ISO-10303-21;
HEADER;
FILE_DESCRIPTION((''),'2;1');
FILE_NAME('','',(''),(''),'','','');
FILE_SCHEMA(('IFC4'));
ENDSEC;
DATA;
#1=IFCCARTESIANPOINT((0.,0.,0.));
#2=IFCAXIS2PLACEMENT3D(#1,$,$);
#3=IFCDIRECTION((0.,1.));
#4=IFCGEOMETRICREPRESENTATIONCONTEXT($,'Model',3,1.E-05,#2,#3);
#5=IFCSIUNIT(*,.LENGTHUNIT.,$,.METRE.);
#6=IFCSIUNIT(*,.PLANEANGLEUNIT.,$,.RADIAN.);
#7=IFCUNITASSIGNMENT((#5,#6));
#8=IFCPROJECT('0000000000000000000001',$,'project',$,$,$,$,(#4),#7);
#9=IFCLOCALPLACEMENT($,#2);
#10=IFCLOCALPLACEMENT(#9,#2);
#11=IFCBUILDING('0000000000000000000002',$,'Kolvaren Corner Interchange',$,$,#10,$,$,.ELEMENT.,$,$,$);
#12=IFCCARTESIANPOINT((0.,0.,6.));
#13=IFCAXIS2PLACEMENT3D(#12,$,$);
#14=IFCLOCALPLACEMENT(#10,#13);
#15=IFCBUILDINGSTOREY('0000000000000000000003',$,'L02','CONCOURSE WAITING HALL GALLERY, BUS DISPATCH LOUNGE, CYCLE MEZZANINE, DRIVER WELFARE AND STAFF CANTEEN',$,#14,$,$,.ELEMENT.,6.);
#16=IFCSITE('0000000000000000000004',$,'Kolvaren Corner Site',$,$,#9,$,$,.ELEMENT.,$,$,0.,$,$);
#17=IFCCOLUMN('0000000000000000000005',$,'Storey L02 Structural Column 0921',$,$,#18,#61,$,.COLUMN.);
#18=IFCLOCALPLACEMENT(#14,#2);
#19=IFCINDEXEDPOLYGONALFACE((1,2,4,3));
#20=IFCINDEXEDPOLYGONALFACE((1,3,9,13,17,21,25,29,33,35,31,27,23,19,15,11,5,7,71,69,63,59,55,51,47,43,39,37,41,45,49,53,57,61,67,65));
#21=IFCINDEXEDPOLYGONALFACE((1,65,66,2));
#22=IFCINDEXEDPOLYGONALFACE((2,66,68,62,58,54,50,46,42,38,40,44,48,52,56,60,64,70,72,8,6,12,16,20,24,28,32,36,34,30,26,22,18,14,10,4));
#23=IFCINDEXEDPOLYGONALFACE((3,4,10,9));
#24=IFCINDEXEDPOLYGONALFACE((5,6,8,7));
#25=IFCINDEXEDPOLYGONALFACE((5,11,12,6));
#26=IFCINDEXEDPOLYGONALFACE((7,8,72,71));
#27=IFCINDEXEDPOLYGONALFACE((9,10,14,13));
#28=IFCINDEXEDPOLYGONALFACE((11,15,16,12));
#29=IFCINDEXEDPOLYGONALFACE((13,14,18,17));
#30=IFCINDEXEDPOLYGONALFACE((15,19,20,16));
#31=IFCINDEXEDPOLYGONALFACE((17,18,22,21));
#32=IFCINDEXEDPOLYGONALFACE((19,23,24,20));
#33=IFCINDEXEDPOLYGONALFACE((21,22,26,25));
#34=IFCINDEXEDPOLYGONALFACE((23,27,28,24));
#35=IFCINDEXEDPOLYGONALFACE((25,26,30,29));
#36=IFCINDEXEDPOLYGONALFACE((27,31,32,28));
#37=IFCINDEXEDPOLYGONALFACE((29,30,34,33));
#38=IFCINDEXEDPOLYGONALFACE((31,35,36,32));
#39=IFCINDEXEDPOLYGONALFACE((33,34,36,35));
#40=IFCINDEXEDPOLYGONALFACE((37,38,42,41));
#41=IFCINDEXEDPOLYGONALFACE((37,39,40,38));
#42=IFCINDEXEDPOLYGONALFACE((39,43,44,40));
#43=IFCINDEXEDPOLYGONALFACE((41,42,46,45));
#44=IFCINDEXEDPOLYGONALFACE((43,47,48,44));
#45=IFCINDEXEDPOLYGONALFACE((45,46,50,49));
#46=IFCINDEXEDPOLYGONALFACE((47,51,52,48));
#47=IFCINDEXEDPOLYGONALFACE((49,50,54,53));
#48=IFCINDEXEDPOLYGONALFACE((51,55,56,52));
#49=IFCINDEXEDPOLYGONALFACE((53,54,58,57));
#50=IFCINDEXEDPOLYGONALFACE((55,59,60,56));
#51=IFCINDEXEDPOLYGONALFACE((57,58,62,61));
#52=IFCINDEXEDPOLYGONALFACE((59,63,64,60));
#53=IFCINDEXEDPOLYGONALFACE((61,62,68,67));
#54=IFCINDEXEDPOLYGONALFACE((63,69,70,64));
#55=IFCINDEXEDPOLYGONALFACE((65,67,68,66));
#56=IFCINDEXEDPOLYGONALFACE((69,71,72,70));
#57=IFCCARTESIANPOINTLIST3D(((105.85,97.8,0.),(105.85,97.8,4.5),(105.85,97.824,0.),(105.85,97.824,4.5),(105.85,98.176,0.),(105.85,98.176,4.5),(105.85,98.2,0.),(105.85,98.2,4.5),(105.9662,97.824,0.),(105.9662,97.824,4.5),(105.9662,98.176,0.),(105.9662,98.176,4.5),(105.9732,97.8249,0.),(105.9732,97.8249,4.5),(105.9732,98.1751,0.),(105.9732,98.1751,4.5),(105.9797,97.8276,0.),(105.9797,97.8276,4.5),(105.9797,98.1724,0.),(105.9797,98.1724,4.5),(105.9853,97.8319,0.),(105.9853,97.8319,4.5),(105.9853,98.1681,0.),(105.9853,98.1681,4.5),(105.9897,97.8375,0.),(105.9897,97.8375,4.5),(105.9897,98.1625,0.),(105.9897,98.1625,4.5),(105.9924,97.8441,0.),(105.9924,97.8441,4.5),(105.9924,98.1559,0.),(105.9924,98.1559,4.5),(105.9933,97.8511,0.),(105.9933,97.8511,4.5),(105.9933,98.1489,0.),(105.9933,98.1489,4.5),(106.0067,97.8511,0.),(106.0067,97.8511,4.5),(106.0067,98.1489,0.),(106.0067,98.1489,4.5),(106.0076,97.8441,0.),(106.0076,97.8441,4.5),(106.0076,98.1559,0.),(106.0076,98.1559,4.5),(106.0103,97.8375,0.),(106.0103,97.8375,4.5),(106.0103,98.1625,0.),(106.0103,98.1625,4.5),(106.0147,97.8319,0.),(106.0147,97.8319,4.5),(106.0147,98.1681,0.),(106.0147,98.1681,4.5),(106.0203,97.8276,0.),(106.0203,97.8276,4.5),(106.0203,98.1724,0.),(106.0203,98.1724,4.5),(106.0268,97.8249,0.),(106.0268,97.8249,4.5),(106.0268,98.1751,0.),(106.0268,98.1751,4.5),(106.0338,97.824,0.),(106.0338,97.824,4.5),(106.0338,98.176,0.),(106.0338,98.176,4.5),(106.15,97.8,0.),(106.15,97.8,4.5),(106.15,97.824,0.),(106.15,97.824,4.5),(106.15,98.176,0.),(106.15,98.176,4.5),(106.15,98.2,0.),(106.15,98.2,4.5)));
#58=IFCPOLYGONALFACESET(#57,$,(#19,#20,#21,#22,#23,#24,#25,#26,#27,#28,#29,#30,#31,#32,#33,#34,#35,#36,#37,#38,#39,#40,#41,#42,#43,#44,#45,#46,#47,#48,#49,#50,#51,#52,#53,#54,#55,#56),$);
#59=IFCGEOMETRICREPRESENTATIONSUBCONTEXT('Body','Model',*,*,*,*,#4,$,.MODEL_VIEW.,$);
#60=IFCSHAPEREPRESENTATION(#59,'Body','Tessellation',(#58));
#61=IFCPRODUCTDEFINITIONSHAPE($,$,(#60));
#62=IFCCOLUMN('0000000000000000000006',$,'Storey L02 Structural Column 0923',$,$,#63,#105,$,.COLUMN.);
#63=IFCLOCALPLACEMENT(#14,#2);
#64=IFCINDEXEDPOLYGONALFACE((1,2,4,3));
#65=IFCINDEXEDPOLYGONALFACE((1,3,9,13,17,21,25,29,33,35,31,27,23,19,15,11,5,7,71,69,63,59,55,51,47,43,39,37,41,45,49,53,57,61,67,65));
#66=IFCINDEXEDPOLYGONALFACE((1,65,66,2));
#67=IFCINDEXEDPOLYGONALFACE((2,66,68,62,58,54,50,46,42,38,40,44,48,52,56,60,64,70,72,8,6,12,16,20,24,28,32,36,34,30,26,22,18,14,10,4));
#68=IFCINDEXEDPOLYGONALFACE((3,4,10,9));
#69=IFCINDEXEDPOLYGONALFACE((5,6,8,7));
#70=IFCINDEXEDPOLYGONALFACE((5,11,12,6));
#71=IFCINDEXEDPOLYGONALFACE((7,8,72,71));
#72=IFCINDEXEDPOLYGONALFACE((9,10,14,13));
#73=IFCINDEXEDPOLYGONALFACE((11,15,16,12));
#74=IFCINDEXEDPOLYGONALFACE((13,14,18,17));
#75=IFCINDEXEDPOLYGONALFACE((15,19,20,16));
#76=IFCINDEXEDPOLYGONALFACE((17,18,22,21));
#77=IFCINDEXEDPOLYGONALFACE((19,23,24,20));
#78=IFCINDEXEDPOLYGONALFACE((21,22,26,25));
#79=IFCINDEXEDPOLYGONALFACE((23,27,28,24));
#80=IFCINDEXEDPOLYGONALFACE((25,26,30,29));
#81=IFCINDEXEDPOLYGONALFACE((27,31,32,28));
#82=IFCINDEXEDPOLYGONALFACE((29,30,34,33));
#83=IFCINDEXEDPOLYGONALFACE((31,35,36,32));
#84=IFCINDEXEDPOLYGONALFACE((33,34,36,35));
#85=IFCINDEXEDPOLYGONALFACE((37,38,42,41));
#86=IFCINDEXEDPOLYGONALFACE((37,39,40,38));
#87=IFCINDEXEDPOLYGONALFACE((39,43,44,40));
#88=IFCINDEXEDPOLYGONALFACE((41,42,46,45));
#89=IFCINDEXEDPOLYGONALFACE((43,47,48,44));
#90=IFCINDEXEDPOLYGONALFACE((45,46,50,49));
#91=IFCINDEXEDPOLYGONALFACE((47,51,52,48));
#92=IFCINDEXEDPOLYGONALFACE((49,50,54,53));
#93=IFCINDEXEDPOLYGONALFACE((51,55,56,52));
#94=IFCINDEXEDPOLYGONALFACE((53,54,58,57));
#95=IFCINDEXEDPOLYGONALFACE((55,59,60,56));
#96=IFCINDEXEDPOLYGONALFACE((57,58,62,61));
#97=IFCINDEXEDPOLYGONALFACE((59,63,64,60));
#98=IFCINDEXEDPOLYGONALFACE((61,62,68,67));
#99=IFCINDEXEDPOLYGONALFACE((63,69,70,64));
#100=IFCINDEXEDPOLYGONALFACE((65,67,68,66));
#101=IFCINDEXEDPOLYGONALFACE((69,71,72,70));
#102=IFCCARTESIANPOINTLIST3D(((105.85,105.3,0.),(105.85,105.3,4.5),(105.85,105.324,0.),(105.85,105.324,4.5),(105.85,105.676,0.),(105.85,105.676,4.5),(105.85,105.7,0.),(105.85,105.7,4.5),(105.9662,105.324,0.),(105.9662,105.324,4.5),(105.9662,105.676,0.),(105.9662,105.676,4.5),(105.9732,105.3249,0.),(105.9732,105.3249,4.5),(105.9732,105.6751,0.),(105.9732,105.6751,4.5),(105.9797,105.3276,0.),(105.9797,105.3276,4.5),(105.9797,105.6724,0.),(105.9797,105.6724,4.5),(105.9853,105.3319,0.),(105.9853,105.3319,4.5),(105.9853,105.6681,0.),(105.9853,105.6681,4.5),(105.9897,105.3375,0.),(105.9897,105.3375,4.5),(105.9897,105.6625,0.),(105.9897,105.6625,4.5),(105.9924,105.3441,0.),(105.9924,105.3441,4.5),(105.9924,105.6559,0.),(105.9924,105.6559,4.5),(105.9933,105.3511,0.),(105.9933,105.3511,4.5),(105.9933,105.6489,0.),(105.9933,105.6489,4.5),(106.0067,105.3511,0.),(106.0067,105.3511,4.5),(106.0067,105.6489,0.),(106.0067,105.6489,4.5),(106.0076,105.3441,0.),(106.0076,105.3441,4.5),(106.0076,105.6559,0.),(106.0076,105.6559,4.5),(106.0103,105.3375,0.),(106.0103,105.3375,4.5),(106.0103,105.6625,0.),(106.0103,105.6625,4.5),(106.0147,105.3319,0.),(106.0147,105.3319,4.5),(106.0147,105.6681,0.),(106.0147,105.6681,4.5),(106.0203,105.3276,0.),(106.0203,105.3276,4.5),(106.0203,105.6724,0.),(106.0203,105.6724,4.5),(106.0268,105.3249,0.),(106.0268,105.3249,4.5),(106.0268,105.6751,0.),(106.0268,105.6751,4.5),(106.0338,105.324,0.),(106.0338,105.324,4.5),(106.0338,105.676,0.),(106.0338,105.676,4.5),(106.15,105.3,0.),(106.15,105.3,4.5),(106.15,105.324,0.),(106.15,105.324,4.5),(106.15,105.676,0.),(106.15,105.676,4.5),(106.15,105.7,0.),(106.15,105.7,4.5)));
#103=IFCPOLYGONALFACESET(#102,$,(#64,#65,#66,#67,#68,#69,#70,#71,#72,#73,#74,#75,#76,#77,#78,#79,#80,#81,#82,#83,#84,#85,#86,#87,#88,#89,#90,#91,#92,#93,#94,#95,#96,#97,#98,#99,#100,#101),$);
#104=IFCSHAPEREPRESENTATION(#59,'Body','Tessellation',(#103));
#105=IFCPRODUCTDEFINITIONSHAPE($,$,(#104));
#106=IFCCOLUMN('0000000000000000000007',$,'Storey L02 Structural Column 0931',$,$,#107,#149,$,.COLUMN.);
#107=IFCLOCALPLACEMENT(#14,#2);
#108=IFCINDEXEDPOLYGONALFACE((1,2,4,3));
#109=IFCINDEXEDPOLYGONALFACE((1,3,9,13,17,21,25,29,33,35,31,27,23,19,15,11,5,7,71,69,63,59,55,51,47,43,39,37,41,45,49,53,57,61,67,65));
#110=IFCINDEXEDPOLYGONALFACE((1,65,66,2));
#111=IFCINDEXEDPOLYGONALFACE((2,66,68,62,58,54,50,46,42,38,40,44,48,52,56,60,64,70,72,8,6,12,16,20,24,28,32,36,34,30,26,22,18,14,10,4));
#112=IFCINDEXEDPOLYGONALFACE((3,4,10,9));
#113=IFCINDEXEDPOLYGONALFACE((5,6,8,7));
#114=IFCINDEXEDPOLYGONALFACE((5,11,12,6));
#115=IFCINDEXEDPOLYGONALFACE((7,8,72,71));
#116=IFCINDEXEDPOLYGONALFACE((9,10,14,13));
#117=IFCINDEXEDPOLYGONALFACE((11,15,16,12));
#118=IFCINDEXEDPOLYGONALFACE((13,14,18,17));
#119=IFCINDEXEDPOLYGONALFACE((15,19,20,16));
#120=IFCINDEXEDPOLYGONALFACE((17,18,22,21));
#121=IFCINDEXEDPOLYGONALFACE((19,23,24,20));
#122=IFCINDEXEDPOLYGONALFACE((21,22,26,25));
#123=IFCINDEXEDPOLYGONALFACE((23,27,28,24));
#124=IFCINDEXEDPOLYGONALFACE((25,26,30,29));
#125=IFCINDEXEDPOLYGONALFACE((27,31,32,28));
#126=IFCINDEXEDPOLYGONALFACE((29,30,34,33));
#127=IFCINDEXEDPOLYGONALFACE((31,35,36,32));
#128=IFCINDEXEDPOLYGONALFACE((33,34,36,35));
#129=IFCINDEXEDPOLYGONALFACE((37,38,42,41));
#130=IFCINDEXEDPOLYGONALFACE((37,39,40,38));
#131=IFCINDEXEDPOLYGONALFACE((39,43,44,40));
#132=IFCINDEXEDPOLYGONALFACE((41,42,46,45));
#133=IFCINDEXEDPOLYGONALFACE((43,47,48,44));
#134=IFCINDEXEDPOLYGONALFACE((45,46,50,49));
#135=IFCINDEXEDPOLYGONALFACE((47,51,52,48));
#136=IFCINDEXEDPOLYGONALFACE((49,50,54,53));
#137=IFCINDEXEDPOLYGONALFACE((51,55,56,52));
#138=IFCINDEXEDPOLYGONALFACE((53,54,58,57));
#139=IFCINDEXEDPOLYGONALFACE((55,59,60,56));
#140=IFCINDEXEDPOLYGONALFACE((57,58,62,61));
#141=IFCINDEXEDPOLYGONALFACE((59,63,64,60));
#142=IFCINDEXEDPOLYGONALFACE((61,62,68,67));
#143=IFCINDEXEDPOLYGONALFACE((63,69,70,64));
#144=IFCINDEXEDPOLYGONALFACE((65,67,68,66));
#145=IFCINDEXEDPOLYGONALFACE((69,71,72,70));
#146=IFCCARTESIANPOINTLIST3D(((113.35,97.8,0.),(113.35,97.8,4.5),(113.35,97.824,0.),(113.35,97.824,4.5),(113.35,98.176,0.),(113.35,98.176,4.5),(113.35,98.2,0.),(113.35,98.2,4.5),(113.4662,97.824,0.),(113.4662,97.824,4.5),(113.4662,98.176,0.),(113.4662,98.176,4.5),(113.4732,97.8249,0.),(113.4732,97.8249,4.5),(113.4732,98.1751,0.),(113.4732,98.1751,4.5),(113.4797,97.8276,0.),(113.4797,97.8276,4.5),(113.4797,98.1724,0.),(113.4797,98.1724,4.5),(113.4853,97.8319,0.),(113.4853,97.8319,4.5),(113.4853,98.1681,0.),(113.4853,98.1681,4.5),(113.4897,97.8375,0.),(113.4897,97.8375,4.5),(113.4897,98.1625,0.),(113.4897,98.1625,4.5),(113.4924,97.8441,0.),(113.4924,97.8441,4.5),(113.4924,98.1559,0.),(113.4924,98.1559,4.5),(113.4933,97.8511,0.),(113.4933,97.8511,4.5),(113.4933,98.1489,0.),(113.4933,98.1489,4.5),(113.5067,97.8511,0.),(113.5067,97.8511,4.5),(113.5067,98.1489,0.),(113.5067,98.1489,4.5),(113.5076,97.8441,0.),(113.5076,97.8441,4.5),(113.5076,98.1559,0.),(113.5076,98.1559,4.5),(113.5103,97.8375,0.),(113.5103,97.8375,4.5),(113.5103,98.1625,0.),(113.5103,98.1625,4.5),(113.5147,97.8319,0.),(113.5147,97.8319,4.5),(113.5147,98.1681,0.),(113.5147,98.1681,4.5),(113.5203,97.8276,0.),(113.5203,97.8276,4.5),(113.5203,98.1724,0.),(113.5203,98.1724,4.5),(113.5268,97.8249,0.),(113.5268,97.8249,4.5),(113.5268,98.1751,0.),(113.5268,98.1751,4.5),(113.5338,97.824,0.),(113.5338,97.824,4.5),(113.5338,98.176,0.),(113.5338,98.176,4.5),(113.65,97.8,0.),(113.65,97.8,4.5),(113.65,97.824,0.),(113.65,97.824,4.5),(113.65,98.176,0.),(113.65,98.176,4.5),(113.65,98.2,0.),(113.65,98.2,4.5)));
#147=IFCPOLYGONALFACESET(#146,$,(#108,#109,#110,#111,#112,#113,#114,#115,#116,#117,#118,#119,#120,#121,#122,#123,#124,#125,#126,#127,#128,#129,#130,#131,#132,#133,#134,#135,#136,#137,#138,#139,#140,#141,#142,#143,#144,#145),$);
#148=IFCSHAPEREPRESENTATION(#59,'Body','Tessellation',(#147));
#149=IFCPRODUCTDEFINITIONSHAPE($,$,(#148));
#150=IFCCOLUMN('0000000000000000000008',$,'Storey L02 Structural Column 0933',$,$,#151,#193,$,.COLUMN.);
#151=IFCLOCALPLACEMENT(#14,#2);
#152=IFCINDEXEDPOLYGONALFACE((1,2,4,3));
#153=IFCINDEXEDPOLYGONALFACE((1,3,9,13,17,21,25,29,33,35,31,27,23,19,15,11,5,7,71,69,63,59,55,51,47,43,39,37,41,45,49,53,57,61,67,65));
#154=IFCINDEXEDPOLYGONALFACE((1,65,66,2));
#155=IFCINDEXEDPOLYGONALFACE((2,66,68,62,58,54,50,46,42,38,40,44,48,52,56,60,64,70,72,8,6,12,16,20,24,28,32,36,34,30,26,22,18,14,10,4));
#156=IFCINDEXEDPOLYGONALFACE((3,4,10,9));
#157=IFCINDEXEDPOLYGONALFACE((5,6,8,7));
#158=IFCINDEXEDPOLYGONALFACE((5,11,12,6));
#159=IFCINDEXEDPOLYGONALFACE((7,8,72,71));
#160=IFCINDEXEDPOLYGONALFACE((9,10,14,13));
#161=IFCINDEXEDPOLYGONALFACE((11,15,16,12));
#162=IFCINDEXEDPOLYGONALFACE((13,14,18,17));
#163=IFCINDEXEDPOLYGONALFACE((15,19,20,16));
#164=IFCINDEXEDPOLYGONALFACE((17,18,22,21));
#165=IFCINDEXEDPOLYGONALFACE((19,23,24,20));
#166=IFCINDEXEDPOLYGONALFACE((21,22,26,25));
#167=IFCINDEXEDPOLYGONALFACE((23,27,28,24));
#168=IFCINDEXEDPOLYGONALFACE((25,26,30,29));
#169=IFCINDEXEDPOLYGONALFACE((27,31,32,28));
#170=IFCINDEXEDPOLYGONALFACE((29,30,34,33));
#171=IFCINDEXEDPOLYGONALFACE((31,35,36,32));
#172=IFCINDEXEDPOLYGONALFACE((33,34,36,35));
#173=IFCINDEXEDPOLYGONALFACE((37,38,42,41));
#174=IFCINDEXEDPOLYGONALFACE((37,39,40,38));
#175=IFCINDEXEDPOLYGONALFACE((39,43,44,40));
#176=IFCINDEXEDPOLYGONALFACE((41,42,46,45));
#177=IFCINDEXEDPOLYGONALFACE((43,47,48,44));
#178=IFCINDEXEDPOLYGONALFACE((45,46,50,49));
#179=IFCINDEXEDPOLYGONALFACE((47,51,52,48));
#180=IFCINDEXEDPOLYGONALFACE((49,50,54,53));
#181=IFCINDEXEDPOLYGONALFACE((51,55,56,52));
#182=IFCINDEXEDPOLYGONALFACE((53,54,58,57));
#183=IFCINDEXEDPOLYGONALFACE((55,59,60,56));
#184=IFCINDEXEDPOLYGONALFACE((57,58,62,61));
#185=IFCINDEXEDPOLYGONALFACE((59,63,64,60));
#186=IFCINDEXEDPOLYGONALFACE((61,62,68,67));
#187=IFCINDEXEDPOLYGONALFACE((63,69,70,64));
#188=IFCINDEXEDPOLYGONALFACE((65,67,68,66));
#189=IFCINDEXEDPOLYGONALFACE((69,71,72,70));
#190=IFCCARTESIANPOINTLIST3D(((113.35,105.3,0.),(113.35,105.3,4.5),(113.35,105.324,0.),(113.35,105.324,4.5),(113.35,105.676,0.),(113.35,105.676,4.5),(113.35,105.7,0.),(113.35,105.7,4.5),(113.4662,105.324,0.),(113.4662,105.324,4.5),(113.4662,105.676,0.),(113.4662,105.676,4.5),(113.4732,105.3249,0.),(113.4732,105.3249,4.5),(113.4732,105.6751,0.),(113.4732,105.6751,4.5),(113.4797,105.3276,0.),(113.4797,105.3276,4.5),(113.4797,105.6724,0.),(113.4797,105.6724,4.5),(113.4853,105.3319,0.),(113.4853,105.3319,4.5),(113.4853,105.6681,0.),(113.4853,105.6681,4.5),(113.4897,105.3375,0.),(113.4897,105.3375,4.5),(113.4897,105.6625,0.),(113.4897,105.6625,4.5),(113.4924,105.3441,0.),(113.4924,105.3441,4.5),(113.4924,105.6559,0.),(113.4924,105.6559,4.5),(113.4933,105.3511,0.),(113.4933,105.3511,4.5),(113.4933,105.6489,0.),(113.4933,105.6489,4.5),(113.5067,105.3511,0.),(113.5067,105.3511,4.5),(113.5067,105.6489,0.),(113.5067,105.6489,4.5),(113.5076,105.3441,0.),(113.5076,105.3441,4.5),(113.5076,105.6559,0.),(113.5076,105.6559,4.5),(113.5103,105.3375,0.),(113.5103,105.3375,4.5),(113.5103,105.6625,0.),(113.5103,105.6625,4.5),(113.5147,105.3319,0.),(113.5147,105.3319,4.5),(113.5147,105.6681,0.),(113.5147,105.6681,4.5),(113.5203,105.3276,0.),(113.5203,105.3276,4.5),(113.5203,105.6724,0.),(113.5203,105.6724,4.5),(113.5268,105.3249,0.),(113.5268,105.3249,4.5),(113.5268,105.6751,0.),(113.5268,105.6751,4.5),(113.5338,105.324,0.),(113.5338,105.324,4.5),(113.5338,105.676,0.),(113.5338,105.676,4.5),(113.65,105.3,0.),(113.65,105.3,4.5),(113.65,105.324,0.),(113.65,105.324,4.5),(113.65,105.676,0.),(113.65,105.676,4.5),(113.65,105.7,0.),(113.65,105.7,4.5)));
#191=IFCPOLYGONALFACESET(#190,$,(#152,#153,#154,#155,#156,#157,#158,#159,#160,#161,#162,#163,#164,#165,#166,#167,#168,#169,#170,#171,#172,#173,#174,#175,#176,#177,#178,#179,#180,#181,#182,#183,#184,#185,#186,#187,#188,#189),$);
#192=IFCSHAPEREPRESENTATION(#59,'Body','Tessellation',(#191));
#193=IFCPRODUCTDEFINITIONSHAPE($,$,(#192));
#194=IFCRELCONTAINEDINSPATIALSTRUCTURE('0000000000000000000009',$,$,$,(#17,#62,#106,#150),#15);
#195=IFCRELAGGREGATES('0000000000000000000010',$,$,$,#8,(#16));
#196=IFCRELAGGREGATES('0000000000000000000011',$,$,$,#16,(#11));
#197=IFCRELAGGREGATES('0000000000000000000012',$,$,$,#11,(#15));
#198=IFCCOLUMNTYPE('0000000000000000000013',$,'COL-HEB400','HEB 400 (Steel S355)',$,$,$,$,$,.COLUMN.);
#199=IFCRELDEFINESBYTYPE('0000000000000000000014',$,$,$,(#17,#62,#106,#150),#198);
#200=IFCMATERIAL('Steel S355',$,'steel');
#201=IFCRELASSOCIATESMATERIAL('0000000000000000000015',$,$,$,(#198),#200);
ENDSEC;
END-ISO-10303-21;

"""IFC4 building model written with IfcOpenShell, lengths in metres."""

from ifc_helpers import new_model, si_unit, direction, frame, origin, origin_2d, place, context, subcontext, project, spatial, i_section, extrude, material, material_profile, profile_set, type_object, element, save


model = new_model("IFC4")

# Units and contexts
model_context = context("Model", 3, precision=1e-05, world=origin(), true_north=direction((0.0, 1.0)))
body_context = subcontext(model_context, "Body", "Model", "MODEL_VIEW")
ifc_project = project(units=[si_unit("LENGTHUNIT", "METRE"), si_unit("PLANEANGLEUNIT", "RADIAN")], contexts=[model_context])

# Site, building, storey
site_placement = place(None, origin())
site = spatial("IfcSite", under=ifc_project, at=site_placement, Name="Kolvaren Corner Site", CompositionType="ELEMENT", RefElevation=0.0)
building_placement = place(site_placement, origin())
building = spatial("IfcBuilding", under=site, at=building_placement, Name="Kolvaren Corner Interchange", CompositionType="ELEMENT")
storey_placement = place(building_placement, frame((0.0, 0.0, 6.0)))
storey = spatial("IfcBuildingStorey", under=building, at=storey_placement, Name="L02", Description="CONCOURSE WAITING HALL GALLERY, BUS DISPATCH LOUNGE, CYCLE MEZZANINE, DRIVER WELFARE AND STAFF CANTEEN", CompositionType="ELEMENT", Elevation=6.0)

# Columns
ifc_material_1 = material(Name="Steel S355", Category="steel")
ifc_material_profile_1 = material_profile(ifc_material_1, i_section(OverallWidth=0.3, OverallDepth=0.3999, WebThickness=0.0134, FlangeThickness=0.0239, FilletRadius=0.0271, at=origin_2d()), Name="HEB 400")
ifc_profile_set_1 = profile_set([ifc_material_profile_1], Name="Steel S355")
column_type = type_object("IfcColumnType", Name="COL-HEB400", Description="HEB 400 (Steel S355)", PredefinedType="COLUMN", material=ifc_profile_set_1)
for number, where, z_axis, x_axis, name in (
    (1, (106.0, 98.0, 0.0), (0.0, 0.0, 1.0), (1.0, 0.0, 0.0), "Storey L02 Structural Column 0921"),
    (2, (106.0, 105.5, 0.0), (0.0, 0.0, 1.0), (1.0, 0.0, 0.0), "Storey L02 Structural Column 0923"),
    (3, (113.5, 98.0, 0.0), (0.0, 0.0, 1.0), (1.0, 0.0, 0.0), "Storey L02 Structural Column 0931"),
    (4, (113.5, 105.5, 0.0), (0.0, 0.0, 1.0), (1.0, 0.0, 0.0), "Storey L02 Structural Column 0933"),
):
    element("IfcColumn", number, at=place(storey_placement, frame(where, z_axis=z_axis, x_axis=x_axis)), inside=storey, type_object=column_type, Name=name, PredefinedType="COLUMN", context=body_context, shape_type="SweptSolid", body=[
        extrude(i_section(OverallWidth=0.3, OverallDepth=0.3999, WebThickness=0.0134, FlangeThickness=0.0239, FilletRadius=0.0271, at=origin_2d()), origin(), (0.0, 0.0, 1.0), 4.5),
    ])

save(model, "model.ifc")
